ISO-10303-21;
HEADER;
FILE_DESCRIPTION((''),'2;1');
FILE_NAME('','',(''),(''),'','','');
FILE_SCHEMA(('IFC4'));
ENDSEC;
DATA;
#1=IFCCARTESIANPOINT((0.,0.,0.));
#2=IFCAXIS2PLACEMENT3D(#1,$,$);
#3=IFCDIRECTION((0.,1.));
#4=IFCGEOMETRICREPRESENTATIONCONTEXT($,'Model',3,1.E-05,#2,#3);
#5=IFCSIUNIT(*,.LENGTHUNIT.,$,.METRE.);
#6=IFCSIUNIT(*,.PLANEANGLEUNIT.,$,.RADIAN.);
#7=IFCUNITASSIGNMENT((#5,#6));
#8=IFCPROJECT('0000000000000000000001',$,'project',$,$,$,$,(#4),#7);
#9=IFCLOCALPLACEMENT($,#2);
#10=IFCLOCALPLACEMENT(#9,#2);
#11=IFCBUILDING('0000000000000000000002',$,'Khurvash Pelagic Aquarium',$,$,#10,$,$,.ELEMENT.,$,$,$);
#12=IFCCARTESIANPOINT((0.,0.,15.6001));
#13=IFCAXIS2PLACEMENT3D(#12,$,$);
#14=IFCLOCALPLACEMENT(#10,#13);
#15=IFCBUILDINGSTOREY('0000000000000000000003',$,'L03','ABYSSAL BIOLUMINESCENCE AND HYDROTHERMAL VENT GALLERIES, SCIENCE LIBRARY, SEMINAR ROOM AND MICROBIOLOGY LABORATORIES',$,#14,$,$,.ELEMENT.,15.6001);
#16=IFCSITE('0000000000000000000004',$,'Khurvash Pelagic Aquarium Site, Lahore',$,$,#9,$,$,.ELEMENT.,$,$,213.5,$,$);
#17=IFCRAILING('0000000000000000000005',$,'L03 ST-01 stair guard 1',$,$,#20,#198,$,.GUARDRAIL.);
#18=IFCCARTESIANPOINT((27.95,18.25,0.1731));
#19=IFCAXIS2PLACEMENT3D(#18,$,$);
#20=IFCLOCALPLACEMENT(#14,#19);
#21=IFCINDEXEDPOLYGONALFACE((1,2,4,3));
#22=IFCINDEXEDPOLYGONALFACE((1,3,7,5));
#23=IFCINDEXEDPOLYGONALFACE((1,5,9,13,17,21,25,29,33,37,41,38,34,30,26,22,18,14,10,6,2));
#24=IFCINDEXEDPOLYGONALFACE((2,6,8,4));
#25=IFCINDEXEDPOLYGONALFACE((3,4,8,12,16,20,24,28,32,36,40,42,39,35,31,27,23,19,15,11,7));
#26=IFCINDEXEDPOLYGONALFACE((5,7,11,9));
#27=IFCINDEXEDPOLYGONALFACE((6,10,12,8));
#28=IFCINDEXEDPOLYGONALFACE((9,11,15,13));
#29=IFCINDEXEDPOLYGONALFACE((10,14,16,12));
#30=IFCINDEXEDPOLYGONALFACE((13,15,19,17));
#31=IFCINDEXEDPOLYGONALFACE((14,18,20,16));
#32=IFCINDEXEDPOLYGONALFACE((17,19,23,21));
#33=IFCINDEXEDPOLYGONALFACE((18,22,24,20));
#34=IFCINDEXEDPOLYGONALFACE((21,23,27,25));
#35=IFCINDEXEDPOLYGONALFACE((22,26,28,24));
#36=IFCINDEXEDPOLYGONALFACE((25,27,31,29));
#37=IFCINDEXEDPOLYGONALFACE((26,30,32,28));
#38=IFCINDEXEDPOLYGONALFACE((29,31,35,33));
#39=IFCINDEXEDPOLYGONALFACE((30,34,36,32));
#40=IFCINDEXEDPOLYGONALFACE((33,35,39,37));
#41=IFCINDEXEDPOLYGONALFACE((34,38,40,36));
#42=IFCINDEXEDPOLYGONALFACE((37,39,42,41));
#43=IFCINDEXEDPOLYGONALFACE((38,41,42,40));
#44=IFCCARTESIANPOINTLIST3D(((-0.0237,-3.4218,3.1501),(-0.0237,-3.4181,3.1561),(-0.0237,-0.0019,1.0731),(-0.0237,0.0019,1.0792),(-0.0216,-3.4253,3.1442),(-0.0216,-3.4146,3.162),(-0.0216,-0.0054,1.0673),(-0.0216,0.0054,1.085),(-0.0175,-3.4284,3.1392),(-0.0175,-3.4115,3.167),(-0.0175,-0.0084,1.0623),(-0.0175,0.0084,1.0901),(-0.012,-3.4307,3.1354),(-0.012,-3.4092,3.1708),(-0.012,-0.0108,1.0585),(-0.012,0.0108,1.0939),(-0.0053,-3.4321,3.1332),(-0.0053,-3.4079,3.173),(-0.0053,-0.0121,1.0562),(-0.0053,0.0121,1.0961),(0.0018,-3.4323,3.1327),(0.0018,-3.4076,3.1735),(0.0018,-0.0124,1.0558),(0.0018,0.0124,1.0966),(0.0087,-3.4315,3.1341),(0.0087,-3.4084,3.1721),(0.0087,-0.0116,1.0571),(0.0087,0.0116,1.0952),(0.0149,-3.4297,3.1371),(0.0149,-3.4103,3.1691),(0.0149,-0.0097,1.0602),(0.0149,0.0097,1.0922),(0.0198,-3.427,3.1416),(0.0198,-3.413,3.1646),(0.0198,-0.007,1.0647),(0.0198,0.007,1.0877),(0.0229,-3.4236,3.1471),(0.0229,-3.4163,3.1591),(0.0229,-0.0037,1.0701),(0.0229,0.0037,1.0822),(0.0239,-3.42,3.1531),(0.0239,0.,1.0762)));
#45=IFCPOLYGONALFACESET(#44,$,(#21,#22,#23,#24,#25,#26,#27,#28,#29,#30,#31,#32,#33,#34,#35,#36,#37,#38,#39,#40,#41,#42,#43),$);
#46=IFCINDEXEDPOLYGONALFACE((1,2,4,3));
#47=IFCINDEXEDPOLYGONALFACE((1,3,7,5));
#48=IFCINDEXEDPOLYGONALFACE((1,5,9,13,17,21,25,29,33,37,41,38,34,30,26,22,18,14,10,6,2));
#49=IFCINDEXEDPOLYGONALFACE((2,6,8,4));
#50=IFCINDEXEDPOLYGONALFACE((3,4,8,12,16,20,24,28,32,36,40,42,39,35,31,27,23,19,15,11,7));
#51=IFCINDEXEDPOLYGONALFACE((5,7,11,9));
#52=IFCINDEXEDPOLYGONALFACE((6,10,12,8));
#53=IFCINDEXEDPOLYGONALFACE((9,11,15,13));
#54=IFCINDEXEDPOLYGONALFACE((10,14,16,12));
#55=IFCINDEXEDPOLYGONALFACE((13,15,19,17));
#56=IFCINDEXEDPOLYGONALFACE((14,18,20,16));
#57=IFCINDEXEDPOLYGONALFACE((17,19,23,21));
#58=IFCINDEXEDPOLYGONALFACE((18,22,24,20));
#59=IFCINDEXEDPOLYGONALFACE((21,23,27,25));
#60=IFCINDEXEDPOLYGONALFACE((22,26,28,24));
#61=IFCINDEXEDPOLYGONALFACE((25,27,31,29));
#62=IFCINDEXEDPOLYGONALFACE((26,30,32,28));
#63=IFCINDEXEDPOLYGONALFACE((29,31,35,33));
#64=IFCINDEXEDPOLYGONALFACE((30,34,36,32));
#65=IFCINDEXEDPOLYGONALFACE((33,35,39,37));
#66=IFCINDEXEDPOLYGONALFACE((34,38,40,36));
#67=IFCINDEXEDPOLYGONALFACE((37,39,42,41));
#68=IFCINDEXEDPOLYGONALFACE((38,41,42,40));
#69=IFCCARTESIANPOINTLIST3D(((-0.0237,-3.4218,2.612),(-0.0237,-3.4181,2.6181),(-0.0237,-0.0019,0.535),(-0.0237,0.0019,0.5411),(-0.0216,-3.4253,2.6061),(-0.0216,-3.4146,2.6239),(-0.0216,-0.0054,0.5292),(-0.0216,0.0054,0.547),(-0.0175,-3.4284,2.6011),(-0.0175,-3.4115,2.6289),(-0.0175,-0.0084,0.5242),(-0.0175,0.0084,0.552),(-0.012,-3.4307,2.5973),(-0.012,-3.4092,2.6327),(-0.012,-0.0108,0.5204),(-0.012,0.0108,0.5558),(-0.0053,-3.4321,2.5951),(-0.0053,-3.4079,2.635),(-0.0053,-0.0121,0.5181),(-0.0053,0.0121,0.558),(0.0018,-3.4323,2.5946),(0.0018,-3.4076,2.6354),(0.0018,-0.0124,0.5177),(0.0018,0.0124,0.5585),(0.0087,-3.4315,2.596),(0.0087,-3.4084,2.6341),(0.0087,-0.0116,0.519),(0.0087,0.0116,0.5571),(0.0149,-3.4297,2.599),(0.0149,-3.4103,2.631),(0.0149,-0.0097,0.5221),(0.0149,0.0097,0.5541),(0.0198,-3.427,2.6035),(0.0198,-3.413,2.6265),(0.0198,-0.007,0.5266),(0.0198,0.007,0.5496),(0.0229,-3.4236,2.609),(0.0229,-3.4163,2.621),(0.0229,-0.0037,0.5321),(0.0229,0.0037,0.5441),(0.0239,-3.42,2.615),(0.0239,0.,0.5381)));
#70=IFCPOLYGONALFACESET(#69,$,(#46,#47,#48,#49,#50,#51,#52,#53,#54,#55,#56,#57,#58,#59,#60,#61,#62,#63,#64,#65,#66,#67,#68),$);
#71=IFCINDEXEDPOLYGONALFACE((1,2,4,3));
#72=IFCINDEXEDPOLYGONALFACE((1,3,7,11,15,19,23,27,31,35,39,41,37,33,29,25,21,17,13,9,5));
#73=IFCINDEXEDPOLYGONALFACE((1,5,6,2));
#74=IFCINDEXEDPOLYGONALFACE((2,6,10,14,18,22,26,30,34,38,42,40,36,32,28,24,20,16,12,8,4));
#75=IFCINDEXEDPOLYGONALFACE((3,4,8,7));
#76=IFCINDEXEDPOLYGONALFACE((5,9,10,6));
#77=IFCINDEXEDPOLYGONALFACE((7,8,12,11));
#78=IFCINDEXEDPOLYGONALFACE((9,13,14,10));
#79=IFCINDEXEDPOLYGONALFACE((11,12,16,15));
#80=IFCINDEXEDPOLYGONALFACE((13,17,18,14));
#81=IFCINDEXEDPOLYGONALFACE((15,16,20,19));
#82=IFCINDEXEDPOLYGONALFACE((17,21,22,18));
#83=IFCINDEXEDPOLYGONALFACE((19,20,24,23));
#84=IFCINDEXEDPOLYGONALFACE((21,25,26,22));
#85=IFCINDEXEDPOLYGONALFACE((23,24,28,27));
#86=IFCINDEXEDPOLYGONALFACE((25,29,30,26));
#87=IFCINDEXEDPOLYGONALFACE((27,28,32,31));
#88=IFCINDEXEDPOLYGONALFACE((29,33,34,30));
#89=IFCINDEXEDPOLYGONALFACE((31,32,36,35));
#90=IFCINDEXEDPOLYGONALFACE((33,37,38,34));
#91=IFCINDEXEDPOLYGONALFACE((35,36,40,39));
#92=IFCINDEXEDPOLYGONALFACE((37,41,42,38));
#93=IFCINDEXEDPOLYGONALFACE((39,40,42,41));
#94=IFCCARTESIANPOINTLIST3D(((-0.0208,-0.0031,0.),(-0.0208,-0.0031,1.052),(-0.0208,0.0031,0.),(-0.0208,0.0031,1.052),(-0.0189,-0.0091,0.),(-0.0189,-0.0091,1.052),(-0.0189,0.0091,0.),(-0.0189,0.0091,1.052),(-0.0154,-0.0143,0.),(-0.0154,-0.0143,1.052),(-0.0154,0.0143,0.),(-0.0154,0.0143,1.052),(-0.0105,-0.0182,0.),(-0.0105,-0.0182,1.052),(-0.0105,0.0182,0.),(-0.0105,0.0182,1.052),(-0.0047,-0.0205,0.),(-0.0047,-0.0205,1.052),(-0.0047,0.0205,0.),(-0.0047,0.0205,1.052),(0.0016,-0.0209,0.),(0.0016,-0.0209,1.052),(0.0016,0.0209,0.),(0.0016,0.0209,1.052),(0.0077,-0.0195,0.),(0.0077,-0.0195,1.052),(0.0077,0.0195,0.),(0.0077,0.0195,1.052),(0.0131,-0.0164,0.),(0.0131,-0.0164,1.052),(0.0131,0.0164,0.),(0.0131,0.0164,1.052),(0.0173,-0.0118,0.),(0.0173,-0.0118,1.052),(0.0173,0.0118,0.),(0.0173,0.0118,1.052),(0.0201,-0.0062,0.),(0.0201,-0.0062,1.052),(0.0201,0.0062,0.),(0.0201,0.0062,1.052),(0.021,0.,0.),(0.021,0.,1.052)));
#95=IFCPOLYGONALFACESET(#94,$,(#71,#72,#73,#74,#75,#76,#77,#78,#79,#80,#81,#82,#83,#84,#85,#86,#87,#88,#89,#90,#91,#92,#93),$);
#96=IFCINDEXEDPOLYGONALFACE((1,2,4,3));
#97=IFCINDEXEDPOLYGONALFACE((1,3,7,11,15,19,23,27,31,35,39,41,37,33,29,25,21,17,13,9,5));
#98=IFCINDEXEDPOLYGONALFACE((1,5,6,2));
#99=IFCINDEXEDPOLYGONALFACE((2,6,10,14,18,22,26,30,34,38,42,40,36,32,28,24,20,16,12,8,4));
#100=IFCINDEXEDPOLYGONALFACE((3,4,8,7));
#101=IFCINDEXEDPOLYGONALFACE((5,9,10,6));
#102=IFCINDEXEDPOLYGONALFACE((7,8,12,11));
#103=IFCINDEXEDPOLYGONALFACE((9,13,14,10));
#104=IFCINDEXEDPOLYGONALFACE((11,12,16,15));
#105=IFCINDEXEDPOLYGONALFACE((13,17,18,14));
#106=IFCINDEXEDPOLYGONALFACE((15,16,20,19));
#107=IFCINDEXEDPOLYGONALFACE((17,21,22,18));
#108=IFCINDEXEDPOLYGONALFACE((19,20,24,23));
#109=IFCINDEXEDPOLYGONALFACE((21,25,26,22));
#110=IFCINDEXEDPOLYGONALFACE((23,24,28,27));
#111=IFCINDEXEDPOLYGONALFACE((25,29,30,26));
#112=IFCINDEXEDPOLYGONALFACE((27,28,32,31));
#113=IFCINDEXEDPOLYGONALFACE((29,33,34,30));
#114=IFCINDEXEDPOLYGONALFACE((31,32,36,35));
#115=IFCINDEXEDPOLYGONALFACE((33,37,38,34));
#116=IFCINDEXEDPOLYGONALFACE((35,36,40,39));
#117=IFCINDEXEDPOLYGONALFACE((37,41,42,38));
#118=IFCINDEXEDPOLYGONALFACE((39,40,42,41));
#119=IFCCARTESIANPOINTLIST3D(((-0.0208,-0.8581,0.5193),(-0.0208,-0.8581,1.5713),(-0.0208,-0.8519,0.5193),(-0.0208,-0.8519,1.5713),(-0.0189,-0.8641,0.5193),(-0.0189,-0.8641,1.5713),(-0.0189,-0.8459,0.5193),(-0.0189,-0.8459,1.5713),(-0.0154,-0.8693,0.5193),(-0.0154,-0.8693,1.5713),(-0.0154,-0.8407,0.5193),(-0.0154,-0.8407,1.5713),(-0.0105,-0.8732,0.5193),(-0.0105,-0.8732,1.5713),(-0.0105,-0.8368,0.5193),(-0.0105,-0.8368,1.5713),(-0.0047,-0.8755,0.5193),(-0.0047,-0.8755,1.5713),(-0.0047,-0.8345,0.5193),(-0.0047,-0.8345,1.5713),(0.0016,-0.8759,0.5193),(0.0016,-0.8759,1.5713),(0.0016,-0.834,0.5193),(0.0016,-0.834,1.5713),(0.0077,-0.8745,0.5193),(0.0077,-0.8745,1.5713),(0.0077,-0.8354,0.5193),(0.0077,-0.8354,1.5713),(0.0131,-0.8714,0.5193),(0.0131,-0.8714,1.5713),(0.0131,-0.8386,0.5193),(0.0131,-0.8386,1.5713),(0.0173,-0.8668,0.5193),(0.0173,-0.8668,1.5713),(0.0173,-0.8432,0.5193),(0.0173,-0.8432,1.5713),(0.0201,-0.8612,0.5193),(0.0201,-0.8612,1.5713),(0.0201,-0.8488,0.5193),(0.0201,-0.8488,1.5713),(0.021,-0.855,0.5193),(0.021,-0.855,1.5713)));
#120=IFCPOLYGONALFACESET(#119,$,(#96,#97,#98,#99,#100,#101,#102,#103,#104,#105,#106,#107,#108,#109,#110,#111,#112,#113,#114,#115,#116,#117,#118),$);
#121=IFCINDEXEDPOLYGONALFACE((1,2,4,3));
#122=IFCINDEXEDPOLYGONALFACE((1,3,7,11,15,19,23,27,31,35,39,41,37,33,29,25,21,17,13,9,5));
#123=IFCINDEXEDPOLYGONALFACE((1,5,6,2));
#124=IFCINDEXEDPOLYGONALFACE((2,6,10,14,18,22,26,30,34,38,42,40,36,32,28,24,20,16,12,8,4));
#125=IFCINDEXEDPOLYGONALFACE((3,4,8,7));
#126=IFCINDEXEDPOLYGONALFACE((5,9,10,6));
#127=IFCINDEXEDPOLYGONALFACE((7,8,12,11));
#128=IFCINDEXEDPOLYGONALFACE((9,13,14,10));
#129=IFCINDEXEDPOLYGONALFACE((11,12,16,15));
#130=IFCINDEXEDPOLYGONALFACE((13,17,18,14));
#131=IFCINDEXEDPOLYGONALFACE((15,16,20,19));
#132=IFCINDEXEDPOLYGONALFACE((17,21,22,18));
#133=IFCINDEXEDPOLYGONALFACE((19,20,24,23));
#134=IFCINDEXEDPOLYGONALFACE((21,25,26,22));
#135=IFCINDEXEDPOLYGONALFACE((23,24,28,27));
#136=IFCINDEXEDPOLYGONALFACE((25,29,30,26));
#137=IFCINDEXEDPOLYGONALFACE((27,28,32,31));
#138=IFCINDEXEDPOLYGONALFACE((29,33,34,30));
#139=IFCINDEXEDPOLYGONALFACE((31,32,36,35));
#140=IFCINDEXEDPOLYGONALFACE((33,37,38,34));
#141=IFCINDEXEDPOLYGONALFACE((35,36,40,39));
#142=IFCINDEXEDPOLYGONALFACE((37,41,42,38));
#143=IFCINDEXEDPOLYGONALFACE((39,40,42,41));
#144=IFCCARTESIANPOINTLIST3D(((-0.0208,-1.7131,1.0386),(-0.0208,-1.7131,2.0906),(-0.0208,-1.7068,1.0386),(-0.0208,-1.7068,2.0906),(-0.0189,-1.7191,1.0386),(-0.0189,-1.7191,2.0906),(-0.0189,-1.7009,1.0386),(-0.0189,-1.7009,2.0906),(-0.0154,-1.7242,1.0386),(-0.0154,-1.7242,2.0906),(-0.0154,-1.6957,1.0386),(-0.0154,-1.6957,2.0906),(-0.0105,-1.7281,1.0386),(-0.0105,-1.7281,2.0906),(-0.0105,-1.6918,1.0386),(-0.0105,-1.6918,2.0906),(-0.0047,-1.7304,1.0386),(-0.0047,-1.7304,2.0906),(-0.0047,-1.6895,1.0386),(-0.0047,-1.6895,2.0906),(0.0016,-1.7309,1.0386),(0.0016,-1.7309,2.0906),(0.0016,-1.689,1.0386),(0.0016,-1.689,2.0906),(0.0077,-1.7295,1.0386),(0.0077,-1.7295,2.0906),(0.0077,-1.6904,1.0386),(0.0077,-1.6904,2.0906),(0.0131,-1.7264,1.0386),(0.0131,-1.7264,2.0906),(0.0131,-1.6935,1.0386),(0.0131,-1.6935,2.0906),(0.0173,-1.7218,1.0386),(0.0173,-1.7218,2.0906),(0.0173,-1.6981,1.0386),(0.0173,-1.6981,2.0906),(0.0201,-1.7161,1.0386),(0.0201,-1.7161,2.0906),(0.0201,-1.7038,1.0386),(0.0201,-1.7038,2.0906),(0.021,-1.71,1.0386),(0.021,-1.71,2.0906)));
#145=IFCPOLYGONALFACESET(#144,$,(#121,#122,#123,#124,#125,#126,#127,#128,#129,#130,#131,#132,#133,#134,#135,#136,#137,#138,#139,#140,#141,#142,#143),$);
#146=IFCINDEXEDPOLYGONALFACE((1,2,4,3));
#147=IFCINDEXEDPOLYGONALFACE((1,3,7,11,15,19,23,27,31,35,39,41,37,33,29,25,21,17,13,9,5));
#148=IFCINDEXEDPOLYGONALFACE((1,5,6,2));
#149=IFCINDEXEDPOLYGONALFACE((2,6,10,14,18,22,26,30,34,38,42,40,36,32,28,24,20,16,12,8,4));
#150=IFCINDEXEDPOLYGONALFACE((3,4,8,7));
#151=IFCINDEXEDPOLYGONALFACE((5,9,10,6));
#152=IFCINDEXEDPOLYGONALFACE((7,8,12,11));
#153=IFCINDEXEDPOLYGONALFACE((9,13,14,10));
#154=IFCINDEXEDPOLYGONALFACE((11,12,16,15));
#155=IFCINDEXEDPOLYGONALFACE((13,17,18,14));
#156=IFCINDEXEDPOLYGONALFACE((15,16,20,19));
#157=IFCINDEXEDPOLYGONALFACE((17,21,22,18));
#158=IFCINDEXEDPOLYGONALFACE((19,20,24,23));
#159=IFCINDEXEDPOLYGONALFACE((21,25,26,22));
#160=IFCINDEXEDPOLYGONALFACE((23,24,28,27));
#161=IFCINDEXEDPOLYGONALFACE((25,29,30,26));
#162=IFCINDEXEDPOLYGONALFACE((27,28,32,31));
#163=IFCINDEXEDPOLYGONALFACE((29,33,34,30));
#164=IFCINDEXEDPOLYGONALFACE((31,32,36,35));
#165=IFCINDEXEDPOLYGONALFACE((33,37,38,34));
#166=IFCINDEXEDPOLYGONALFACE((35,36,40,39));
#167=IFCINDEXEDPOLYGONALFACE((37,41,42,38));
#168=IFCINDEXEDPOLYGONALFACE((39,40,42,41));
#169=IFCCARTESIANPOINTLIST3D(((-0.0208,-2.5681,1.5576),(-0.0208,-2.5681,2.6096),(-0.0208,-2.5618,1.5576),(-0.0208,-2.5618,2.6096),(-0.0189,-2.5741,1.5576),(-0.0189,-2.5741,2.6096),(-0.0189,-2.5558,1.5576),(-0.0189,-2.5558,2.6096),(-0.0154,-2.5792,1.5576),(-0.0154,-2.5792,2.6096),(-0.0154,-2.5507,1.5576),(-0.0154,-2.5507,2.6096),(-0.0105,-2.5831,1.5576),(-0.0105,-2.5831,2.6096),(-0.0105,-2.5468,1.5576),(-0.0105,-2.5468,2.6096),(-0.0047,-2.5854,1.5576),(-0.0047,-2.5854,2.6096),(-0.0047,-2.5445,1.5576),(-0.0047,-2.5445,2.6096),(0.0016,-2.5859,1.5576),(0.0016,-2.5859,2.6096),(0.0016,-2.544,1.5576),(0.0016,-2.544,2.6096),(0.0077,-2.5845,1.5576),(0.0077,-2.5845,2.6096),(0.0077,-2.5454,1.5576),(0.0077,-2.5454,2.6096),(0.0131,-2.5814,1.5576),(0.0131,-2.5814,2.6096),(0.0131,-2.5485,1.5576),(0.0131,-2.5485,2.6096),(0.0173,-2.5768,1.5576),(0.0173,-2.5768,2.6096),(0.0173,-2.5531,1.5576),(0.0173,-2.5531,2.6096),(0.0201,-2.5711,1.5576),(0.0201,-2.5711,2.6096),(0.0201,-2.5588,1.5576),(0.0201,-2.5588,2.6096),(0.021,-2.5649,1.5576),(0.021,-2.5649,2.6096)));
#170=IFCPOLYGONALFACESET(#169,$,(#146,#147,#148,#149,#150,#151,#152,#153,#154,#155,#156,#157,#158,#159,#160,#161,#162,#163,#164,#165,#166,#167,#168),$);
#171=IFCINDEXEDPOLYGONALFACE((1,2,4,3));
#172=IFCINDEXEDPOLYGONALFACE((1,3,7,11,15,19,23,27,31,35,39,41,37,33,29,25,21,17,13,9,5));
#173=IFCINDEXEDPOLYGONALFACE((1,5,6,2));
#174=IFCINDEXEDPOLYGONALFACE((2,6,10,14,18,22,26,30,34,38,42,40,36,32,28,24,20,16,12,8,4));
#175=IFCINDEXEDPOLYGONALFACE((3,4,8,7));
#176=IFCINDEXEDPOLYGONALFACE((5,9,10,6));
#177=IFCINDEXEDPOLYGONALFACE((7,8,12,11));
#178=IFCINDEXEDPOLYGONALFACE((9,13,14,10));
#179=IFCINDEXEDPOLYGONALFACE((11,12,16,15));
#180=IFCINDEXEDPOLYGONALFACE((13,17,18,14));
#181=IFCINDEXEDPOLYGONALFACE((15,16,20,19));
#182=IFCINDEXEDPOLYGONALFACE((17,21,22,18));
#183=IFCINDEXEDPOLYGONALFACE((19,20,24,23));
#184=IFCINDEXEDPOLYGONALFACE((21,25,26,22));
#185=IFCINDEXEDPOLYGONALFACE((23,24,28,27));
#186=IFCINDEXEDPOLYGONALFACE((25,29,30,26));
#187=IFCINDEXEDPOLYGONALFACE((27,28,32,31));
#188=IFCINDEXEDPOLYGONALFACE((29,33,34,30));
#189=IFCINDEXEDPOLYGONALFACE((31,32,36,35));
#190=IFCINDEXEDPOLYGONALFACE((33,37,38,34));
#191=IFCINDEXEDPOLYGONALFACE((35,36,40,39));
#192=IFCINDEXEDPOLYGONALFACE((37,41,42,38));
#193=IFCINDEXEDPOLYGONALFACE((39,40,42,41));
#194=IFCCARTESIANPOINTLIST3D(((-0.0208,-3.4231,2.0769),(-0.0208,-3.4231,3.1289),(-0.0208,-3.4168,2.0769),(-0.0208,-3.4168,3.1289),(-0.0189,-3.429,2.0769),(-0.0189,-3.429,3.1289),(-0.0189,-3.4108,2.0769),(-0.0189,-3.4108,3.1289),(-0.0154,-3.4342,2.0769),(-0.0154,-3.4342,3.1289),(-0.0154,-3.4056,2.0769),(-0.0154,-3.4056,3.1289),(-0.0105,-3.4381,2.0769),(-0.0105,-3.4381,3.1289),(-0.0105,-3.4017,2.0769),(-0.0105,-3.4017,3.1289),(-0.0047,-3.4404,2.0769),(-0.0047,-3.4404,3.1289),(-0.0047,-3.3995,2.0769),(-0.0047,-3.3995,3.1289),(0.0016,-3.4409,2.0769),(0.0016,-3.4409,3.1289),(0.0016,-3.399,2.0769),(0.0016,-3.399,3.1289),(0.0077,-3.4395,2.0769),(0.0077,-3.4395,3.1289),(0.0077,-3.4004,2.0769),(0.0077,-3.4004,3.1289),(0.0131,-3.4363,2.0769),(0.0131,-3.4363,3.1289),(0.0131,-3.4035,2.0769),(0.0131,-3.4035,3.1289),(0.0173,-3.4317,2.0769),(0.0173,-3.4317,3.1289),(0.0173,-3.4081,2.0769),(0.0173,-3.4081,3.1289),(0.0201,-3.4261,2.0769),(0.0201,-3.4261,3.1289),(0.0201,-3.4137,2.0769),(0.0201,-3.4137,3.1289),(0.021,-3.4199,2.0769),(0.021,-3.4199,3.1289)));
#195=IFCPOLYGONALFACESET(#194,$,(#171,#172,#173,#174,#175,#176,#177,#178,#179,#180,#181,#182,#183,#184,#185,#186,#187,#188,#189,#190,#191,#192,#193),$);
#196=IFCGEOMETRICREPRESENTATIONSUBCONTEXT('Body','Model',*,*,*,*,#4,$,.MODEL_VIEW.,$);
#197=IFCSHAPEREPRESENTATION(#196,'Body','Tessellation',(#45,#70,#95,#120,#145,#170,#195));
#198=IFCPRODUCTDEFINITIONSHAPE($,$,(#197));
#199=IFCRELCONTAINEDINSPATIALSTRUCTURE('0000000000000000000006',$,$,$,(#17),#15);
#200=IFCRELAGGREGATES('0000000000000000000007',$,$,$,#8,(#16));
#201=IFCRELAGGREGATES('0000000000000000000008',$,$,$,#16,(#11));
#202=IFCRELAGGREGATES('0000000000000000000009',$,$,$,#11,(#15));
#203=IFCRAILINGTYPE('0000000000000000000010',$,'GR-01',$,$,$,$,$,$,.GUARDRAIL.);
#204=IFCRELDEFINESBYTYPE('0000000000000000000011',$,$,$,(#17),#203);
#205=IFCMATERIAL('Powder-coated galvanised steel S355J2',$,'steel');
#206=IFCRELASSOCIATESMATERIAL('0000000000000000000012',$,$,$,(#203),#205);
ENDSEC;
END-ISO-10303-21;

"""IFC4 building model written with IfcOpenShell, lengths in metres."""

from ifc_helpers import new_model, si_unit, direction, frame, origin, origin_2d, place, context, subcontext, project, spatial, circle, extrude, material, type_object, element, save


model = new_model("IFC4")

# Units and contexts
model_context = context("Model", 3, precision=1e-05, world=origin(), true_north=direction((0.0, 1.0)))
body_context = subcontext(model_context, "Body", "Model", "MODEL_VIEW")
ifc_project = project(units=[si_unit("LENGTHUNIT", "METRE"), si_unit("PLANEANGLEUNIT", "RADIAN")], contexts=[model_context])

# Site, building, storey
site_placement = place(None, origin())
site = spatial("IfcSite", under=ifc_project, at=site_placement, Name="Khurvash Pelagic Aquarium Site, Lahore", CompositionType="ELEMENT", RefElevation=213.5)
building_placement = place(site_placement, origin())
building = spatial("IfcBuilding", under=site, at=building_placement, Name="Khurvash Pelagic Aquarium", CompositionType="ELEMENT")
storey_placement = place(building_placement, frame((0.0, 0.0, 15.6001)))
storey = spatial("IfcBuildingStorey", under=building, at=storey_placement, Name="L03", Description="ABYSSAL BIOLUMINESCENCE AND HYDROTHERMAL VENT GALLERIES, SCIENCE LIBRARY, SEMINAR ROOM AND MICROBIOLOGY LABORATORIES", CompositionType="ELEMENT", Elevation=15.6001)

# Railing
ifc_material_1 = material(Name="Powder-coated galvanised steel S355J2", Category="steel")
railing_type_1 = type_object("IfcRailingType", Name="GR-01", PredefinedType="GUARDRAIL", material=ifc_material_1)
railing_1_placement = place(storey_placement, frame((27.95, 18.25, 0.1731)))
element("IfcRailing", 1, at=railing_1_placement, inside=storey, type_object=railing_type_1, Name="L03 ST-01 stair guard 1", PredefinedType="GUARDRAIL", context=body_context, shape_type="SweptSolid", body=[
    extrude(circle(Radius=0.0239, at=origin_2d()), frame((0.0, 0.0, 1.0762), z_axis=(0.0, -0.85473, 0.519074), x_axis=(1.0, 0.0, 0.0)), (0.0, 0.0, 1.0), 4.0012),
    extrude(circle(Radius=0.0239, at=origin_2d()), frame((0.0, 0.0, 0.5381), z_axis=(0.0, -0.85473, 0.519074), x_axis=(1.0, 0.0, 0.0)), (0.0, 0.0, 1.0), 4.0012),
    extrude(circle(Radius=0.021, at=origin_2d()), origin(), (0.0, 0.0, 1.0), 1.052),
    extrude(circle(Radius=0.021, at=origin_2d()), frame((0.0, -0.855, 0.5193)), (0.0, 0.0, 1.0), 1.052),
    extrude(circle(Radius=0.021, at=origin_2d()), frame((0.0, -1.71, 1.0386)), (0.0, 0.0, 1.0), 1.052),
    extrude(circle(Radius=0.021, at=origin_2d()), frame((0.0, -2.5649, 1.5576)), (0.0, 0.0, 1.0), 1.052),
    extrude(circle(Radius=0.021, at=origin_2d()), frame((0.0, -3.4199, 2.0769)), (0.0, 0.0, 1.0), 1.052),
])

save(model, "model.ifc")
